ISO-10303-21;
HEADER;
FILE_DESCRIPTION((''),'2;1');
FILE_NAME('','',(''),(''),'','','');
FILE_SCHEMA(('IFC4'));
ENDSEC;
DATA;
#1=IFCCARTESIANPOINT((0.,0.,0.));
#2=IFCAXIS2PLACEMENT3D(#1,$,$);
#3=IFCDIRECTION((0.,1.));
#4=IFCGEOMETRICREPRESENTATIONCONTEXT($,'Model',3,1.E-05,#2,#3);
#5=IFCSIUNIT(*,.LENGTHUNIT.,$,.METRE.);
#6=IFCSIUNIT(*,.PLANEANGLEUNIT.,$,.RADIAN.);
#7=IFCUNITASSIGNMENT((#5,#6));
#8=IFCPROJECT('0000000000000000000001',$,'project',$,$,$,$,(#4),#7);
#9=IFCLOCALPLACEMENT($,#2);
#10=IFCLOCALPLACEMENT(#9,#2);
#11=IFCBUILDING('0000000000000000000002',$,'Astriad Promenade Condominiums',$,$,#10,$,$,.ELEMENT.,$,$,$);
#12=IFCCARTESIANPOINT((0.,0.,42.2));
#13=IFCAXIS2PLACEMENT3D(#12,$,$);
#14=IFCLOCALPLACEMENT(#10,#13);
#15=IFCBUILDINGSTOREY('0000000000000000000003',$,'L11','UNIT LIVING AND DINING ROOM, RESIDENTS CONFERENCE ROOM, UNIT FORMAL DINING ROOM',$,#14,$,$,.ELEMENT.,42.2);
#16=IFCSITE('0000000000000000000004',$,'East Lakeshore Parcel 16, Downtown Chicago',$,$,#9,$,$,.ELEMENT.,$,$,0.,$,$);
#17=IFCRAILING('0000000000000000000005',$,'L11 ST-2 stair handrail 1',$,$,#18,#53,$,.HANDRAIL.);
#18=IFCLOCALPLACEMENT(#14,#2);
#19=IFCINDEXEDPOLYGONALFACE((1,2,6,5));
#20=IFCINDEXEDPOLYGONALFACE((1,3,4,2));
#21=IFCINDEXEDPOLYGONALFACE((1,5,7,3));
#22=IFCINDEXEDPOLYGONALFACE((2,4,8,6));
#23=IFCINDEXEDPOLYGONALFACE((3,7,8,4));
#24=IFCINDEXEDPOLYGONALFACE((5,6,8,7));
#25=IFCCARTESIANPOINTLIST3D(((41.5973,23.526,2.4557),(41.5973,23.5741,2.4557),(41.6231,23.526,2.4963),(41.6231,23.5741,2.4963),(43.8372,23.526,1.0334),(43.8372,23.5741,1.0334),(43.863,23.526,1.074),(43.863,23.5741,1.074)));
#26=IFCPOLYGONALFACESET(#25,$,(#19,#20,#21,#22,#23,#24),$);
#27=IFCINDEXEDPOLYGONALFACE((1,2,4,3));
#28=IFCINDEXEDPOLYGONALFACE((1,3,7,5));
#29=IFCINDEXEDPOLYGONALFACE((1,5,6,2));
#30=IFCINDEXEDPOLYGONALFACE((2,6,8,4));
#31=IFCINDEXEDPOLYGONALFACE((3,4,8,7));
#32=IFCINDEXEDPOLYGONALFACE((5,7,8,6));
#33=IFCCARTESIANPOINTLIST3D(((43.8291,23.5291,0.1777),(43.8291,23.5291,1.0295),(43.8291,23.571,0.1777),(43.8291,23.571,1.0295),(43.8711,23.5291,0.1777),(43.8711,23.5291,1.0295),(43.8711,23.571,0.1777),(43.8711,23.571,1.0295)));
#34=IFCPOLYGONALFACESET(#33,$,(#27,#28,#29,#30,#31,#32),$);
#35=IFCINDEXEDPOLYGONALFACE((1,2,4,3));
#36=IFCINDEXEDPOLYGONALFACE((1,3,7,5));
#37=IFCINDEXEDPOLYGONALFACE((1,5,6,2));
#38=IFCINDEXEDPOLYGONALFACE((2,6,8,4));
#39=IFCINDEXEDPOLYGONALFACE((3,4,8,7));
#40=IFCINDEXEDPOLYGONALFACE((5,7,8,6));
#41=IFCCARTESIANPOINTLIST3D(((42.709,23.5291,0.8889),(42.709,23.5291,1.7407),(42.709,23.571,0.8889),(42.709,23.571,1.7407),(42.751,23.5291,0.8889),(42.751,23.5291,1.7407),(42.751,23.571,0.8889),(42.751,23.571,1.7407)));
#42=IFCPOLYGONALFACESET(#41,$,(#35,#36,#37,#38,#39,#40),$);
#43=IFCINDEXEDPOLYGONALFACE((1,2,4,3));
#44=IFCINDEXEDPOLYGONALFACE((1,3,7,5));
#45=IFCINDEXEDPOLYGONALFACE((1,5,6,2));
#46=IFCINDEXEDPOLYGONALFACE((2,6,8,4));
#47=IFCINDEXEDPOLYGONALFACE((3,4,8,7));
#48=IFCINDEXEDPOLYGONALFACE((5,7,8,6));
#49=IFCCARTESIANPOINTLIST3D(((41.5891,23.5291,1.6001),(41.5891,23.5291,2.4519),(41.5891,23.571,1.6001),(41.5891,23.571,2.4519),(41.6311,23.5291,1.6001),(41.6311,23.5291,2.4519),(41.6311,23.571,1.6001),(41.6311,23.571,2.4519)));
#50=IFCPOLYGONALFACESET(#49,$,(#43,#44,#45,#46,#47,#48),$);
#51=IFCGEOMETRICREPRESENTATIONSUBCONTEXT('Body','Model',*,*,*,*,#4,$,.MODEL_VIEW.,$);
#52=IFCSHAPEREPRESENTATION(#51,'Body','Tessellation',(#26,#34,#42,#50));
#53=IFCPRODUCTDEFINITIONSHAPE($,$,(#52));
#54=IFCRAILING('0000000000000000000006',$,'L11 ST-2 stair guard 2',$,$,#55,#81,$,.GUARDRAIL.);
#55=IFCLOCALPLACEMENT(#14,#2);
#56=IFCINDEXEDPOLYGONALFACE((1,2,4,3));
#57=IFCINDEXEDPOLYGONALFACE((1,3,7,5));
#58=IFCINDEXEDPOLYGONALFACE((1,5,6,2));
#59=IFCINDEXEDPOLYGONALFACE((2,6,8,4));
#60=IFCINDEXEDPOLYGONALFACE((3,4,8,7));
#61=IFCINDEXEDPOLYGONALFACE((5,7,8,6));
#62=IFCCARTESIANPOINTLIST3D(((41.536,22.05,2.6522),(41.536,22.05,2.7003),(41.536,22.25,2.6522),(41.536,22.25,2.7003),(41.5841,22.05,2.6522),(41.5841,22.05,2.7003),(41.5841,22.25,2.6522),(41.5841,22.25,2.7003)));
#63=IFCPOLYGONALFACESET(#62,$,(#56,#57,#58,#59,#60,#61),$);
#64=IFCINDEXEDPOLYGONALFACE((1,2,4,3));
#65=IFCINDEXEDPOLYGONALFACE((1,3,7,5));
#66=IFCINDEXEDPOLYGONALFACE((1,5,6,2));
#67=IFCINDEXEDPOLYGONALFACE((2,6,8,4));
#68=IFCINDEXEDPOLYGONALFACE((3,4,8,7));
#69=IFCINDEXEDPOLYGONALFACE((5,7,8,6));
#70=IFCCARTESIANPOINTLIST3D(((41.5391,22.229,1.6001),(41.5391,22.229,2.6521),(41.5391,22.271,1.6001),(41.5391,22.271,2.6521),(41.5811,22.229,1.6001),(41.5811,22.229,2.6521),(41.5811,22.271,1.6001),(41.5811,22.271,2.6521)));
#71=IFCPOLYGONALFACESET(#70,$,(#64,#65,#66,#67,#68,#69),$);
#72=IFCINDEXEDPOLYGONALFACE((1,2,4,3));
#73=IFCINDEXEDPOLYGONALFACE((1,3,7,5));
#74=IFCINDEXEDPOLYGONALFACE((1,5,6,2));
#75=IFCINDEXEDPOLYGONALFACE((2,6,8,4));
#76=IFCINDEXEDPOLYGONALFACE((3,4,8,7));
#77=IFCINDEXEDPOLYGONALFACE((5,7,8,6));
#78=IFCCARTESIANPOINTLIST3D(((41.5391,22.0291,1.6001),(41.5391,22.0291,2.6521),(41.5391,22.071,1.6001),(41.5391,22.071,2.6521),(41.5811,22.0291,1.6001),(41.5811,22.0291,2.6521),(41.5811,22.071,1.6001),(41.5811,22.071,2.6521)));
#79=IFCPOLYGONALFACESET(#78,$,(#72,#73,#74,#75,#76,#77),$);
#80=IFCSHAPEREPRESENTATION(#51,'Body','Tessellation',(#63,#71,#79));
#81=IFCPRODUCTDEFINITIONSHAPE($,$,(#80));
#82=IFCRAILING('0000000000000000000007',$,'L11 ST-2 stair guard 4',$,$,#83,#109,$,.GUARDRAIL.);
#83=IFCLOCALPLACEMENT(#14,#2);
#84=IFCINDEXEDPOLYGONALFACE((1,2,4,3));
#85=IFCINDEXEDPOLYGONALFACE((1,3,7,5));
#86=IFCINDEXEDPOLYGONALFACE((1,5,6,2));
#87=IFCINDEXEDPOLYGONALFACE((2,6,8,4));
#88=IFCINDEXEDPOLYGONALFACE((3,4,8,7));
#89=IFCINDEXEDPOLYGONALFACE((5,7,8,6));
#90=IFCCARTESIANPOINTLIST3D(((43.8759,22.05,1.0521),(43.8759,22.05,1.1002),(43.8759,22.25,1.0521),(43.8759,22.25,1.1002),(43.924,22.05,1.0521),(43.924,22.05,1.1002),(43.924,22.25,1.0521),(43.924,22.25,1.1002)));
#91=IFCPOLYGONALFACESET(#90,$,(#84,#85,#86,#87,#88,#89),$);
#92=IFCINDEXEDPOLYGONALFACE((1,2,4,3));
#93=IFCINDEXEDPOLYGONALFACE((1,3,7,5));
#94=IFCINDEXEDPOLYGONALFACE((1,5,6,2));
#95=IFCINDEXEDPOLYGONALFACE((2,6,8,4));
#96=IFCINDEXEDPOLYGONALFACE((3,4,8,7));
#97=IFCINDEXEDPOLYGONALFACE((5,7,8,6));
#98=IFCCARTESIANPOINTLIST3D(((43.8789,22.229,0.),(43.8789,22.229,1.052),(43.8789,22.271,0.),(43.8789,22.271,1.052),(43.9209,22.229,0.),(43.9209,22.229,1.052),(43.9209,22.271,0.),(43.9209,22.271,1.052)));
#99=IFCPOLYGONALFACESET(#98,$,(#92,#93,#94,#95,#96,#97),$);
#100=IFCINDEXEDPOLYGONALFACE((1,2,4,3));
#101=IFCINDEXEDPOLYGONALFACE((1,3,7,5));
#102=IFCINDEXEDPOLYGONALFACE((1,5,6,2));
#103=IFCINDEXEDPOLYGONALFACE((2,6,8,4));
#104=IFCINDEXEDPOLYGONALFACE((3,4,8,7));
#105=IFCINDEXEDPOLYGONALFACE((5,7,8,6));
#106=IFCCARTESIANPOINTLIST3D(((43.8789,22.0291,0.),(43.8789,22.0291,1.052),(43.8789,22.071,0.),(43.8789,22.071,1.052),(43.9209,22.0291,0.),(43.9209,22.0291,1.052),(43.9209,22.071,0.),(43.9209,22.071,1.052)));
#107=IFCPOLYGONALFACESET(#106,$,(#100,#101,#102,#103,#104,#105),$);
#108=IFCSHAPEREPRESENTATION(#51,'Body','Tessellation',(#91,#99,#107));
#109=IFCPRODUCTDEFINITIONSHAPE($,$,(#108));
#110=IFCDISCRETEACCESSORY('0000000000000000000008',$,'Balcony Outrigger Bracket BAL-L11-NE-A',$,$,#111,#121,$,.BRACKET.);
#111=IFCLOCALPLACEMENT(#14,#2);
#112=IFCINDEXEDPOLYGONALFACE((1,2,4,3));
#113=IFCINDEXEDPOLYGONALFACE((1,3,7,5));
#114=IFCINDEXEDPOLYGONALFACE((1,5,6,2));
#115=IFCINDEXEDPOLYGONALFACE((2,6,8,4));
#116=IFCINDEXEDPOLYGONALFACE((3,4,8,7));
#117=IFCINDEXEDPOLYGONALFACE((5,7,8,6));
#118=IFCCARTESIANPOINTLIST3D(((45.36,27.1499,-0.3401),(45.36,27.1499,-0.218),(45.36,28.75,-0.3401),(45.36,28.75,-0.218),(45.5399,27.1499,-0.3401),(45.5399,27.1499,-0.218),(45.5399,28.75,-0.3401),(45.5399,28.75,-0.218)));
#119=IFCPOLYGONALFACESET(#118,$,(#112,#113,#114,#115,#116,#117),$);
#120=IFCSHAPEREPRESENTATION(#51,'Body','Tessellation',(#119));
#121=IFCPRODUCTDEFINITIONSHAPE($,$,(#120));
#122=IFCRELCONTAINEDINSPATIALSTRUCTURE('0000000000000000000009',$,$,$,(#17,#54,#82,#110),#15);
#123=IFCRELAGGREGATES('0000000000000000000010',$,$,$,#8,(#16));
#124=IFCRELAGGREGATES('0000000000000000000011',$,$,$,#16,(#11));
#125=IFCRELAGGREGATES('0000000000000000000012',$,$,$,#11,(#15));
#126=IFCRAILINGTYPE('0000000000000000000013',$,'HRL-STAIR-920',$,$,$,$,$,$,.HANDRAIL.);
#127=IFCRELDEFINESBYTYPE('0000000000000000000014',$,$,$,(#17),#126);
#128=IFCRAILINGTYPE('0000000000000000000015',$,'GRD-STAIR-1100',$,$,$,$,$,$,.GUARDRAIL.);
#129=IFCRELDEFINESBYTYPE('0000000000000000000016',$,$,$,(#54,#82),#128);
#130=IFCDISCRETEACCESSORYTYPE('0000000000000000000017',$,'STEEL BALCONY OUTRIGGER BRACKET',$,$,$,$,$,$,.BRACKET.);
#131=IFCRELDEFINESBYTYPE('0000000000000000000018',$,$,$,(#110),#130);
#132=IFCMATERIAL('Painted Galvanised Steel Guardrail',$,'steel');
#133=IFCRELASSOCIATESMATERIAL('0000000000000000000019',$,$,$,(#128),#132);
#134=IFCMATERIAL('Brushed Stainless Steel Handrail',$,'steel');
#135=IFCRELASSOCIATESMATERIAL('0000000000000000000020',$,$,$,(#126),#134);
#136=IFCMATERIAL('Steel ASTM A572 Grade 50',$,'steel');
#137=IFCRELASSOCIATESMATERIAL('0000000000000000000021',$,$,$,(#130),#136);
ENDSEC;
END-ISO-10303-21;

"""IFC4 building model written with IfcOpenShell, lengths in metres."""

from ifc_helpers import new_model, si_unit, direction, frame, origin, origin_2d, place, context, subcontext, project, spatial, rectangle, extrude, source, transform, mapped, material, type_object, type_shapes, element, save


model = new_model("IFC4")

# Units and contexts
model_context = context("Model", 3, precision=1e-05, world=origin(), true_north=direction((0.0, 1.0)))
body_context = subcontext(model_context, "Body", "Model", "MODEL_VIEW")
ifc_project = project(units=[si_unit("LENGTHUNIT", "METRE"), si_unit("PLANEANGLEUNIT", "RADIAN")], contexts=[model_context])

# Site, building, storey
site_placement = place(None, origin())
site = spatial("IfcSite", under=ifc_project, at=site_placement, Name="East Lakeshore Parcel 16, Downtown Chicago", CompositionType="ELEMENT", RefElevation=0.0)
building_placement = place(site_placement, origin())
building = spatial("IfcBuilding", under=site, at=building_placement, Name="Astriad Promenade Condominiums", CompositionType="ELEMENT")
storey_placement = place(building_placement, frame((0.0, 0.0, 42.2)))
storey = spatial("IfcBuildingStorey", under=building, at=storey_placement, Name="L11", Description="UNIT LIVING AND DINING ROOM, RESIDENTS CONFERENCE ROOM, UNIT FORMAL DINING ROOM", CompositionType="ELEMENT", Elevation=42.2)

# Railings
ifc_material_1 = material(Name="Painted Galvanised Steel Guardrail", Category="steel")
railing_type_1 = type_object("IfcRailingType", Name="GRD-STAIR-1100", PredefinedType="GUARDRAIL", material=ifc_material_1)
ifc_material_2 = material(Name="Brushed Stainless Steel Handrail", Category="steel")
railing_type_2 = type_object("IfcRailingType", Name="HRL-STAIR-920", PredefinedType="HANDRAIL", material=ifc_material_2)
shared_shape_1 = source(origin(), body_context, "Body", "SweptSolid", [
    extrude(rectangle(XDim=0.0481, YDim=0.0481, at=origin_2d()), frame((0.0, 0.0, 0.876), z_axis=(-0.844188, 0.0, 0.536048), x_axis=(0.0, -1.0, 0.0)), (0.0, 0.0, 1.0), 2.6533),
    extrude(rectangle(XDim=0.042, YDim=0.042, at=origin_2d()), origin(), (0.0, 0.0, 1.0), 0.8518),
    extrude(rectangle(XDim=0.042, YDim=0.042, at=origin_2d()), frame((-1.1201, 0.0, 0.7112)), (0.0, 0.0, 1.0), 0.8518),
    extrude(rectangle(XDim=0.042, YDim=0.042, at=origin_2d()), frame((-2.24, 0.0, 1.4224)), (0.0, 0.0, 1.0), 0.8518),
])
railing_1_placement = place(storey_placement, frame((43.8501, 23.55, 0.1777)))
element("IfcRailing", 1, at=railing_1_placement, inside=storey, type_object=railing_type_2, Name="L11 ST-2 stair handrail 1", PredefinedType="HANDRAIL", context=body_context, shape_type="MappedRepresentation", body=[
    mapped(shared_shape_1, transform((0.0, 0.0, 0.0), scale=1.0)),
])
shared_shape_2 = source(origin(), body_context, "Body", "SweptSolid", [
    extrude(rectangle(XDim=0.0481, YDim=0.0481, at=origin_2d()), frame((0.0, 0.0, 1.0762), z_axis=(0.0, -1.0, 0.0), x_axis=(1.0, 0.0, 0.0)), (0.0, 0.0, 1.0), 0.2),
    extrude(rectangle(XDim=0.042, YDim=0.042, at=origin_2d()), origin(), (0.0, 0.0, 1.0), 1.052),
    extrude(rectangle(XDim=0.042, YDim=0.042, at=origin_2d()), frame((0.0, -0.2, 0.0)), (0.0, 0.0, 1.0), 1.052),
])
for number, where, name in (
    (2, (41.5601, 22.25, 1.6001), "L11 ST-2 stair guard 2"),
    (3, (43.8999, 22.25, 0.0), "L11 ST-2 stair guard 4"),
):
    element("IfcRailing", number, at=place(storey_placement, frame(where)), inside=storey, type_object=railing_type_1, Name=name, PredefinedType="GUARDRAIL", context=body_context, shape_type="MappedRepresentation", body=[
        mapped(shared_shape_2, transform((0.0, 0.0, 0.0), scale=1.0)),
    ])

# Discrete accessory
ifc_material_3 = material(Name="Steel ASTM A572 Grade 50", Category="steel")
discrete_accessory_type = type_object("IfcDiscreteAccessoryType", Name="STEEL BALCONY OUTRIGGER BRACKET", PredefinedType="BRACKET", material=ifc_material_3)
shared_shape_3 = source(origin(), body_context, "Body", "SweptSolid", [
    extrude(rectangle(XDim=1.6001, YDim=0.1799, at=origin_2d()), origin(), (0.0, 0.0, 1.0), 0.1221),
])
type_shapes(discrete_accessory_type, [shared_shape_3])
discrete_accessory_placement = place(storey_placement, frame((45.45, 27.95, -0.3401), z_axis=(0.0, 0.0, 1.0), x_axis=(0.0, 1.0, 0.0)))
element("IfcDiscreteAccessory", 4, at=discrete_accessory_placement, inside=storey, type_object=discrete_accessory_type, Name="Balcony Outrigger Bracket BAL-L11-NE-A", PredefinedType="BRACKET", context=body_context, shape_type="MappedRepresentation", body=[
    mapped(shared_shape_3, transform((0.0, 0.0, 0.0), scale=1.0)),
])

save(model, "model.ifc")
